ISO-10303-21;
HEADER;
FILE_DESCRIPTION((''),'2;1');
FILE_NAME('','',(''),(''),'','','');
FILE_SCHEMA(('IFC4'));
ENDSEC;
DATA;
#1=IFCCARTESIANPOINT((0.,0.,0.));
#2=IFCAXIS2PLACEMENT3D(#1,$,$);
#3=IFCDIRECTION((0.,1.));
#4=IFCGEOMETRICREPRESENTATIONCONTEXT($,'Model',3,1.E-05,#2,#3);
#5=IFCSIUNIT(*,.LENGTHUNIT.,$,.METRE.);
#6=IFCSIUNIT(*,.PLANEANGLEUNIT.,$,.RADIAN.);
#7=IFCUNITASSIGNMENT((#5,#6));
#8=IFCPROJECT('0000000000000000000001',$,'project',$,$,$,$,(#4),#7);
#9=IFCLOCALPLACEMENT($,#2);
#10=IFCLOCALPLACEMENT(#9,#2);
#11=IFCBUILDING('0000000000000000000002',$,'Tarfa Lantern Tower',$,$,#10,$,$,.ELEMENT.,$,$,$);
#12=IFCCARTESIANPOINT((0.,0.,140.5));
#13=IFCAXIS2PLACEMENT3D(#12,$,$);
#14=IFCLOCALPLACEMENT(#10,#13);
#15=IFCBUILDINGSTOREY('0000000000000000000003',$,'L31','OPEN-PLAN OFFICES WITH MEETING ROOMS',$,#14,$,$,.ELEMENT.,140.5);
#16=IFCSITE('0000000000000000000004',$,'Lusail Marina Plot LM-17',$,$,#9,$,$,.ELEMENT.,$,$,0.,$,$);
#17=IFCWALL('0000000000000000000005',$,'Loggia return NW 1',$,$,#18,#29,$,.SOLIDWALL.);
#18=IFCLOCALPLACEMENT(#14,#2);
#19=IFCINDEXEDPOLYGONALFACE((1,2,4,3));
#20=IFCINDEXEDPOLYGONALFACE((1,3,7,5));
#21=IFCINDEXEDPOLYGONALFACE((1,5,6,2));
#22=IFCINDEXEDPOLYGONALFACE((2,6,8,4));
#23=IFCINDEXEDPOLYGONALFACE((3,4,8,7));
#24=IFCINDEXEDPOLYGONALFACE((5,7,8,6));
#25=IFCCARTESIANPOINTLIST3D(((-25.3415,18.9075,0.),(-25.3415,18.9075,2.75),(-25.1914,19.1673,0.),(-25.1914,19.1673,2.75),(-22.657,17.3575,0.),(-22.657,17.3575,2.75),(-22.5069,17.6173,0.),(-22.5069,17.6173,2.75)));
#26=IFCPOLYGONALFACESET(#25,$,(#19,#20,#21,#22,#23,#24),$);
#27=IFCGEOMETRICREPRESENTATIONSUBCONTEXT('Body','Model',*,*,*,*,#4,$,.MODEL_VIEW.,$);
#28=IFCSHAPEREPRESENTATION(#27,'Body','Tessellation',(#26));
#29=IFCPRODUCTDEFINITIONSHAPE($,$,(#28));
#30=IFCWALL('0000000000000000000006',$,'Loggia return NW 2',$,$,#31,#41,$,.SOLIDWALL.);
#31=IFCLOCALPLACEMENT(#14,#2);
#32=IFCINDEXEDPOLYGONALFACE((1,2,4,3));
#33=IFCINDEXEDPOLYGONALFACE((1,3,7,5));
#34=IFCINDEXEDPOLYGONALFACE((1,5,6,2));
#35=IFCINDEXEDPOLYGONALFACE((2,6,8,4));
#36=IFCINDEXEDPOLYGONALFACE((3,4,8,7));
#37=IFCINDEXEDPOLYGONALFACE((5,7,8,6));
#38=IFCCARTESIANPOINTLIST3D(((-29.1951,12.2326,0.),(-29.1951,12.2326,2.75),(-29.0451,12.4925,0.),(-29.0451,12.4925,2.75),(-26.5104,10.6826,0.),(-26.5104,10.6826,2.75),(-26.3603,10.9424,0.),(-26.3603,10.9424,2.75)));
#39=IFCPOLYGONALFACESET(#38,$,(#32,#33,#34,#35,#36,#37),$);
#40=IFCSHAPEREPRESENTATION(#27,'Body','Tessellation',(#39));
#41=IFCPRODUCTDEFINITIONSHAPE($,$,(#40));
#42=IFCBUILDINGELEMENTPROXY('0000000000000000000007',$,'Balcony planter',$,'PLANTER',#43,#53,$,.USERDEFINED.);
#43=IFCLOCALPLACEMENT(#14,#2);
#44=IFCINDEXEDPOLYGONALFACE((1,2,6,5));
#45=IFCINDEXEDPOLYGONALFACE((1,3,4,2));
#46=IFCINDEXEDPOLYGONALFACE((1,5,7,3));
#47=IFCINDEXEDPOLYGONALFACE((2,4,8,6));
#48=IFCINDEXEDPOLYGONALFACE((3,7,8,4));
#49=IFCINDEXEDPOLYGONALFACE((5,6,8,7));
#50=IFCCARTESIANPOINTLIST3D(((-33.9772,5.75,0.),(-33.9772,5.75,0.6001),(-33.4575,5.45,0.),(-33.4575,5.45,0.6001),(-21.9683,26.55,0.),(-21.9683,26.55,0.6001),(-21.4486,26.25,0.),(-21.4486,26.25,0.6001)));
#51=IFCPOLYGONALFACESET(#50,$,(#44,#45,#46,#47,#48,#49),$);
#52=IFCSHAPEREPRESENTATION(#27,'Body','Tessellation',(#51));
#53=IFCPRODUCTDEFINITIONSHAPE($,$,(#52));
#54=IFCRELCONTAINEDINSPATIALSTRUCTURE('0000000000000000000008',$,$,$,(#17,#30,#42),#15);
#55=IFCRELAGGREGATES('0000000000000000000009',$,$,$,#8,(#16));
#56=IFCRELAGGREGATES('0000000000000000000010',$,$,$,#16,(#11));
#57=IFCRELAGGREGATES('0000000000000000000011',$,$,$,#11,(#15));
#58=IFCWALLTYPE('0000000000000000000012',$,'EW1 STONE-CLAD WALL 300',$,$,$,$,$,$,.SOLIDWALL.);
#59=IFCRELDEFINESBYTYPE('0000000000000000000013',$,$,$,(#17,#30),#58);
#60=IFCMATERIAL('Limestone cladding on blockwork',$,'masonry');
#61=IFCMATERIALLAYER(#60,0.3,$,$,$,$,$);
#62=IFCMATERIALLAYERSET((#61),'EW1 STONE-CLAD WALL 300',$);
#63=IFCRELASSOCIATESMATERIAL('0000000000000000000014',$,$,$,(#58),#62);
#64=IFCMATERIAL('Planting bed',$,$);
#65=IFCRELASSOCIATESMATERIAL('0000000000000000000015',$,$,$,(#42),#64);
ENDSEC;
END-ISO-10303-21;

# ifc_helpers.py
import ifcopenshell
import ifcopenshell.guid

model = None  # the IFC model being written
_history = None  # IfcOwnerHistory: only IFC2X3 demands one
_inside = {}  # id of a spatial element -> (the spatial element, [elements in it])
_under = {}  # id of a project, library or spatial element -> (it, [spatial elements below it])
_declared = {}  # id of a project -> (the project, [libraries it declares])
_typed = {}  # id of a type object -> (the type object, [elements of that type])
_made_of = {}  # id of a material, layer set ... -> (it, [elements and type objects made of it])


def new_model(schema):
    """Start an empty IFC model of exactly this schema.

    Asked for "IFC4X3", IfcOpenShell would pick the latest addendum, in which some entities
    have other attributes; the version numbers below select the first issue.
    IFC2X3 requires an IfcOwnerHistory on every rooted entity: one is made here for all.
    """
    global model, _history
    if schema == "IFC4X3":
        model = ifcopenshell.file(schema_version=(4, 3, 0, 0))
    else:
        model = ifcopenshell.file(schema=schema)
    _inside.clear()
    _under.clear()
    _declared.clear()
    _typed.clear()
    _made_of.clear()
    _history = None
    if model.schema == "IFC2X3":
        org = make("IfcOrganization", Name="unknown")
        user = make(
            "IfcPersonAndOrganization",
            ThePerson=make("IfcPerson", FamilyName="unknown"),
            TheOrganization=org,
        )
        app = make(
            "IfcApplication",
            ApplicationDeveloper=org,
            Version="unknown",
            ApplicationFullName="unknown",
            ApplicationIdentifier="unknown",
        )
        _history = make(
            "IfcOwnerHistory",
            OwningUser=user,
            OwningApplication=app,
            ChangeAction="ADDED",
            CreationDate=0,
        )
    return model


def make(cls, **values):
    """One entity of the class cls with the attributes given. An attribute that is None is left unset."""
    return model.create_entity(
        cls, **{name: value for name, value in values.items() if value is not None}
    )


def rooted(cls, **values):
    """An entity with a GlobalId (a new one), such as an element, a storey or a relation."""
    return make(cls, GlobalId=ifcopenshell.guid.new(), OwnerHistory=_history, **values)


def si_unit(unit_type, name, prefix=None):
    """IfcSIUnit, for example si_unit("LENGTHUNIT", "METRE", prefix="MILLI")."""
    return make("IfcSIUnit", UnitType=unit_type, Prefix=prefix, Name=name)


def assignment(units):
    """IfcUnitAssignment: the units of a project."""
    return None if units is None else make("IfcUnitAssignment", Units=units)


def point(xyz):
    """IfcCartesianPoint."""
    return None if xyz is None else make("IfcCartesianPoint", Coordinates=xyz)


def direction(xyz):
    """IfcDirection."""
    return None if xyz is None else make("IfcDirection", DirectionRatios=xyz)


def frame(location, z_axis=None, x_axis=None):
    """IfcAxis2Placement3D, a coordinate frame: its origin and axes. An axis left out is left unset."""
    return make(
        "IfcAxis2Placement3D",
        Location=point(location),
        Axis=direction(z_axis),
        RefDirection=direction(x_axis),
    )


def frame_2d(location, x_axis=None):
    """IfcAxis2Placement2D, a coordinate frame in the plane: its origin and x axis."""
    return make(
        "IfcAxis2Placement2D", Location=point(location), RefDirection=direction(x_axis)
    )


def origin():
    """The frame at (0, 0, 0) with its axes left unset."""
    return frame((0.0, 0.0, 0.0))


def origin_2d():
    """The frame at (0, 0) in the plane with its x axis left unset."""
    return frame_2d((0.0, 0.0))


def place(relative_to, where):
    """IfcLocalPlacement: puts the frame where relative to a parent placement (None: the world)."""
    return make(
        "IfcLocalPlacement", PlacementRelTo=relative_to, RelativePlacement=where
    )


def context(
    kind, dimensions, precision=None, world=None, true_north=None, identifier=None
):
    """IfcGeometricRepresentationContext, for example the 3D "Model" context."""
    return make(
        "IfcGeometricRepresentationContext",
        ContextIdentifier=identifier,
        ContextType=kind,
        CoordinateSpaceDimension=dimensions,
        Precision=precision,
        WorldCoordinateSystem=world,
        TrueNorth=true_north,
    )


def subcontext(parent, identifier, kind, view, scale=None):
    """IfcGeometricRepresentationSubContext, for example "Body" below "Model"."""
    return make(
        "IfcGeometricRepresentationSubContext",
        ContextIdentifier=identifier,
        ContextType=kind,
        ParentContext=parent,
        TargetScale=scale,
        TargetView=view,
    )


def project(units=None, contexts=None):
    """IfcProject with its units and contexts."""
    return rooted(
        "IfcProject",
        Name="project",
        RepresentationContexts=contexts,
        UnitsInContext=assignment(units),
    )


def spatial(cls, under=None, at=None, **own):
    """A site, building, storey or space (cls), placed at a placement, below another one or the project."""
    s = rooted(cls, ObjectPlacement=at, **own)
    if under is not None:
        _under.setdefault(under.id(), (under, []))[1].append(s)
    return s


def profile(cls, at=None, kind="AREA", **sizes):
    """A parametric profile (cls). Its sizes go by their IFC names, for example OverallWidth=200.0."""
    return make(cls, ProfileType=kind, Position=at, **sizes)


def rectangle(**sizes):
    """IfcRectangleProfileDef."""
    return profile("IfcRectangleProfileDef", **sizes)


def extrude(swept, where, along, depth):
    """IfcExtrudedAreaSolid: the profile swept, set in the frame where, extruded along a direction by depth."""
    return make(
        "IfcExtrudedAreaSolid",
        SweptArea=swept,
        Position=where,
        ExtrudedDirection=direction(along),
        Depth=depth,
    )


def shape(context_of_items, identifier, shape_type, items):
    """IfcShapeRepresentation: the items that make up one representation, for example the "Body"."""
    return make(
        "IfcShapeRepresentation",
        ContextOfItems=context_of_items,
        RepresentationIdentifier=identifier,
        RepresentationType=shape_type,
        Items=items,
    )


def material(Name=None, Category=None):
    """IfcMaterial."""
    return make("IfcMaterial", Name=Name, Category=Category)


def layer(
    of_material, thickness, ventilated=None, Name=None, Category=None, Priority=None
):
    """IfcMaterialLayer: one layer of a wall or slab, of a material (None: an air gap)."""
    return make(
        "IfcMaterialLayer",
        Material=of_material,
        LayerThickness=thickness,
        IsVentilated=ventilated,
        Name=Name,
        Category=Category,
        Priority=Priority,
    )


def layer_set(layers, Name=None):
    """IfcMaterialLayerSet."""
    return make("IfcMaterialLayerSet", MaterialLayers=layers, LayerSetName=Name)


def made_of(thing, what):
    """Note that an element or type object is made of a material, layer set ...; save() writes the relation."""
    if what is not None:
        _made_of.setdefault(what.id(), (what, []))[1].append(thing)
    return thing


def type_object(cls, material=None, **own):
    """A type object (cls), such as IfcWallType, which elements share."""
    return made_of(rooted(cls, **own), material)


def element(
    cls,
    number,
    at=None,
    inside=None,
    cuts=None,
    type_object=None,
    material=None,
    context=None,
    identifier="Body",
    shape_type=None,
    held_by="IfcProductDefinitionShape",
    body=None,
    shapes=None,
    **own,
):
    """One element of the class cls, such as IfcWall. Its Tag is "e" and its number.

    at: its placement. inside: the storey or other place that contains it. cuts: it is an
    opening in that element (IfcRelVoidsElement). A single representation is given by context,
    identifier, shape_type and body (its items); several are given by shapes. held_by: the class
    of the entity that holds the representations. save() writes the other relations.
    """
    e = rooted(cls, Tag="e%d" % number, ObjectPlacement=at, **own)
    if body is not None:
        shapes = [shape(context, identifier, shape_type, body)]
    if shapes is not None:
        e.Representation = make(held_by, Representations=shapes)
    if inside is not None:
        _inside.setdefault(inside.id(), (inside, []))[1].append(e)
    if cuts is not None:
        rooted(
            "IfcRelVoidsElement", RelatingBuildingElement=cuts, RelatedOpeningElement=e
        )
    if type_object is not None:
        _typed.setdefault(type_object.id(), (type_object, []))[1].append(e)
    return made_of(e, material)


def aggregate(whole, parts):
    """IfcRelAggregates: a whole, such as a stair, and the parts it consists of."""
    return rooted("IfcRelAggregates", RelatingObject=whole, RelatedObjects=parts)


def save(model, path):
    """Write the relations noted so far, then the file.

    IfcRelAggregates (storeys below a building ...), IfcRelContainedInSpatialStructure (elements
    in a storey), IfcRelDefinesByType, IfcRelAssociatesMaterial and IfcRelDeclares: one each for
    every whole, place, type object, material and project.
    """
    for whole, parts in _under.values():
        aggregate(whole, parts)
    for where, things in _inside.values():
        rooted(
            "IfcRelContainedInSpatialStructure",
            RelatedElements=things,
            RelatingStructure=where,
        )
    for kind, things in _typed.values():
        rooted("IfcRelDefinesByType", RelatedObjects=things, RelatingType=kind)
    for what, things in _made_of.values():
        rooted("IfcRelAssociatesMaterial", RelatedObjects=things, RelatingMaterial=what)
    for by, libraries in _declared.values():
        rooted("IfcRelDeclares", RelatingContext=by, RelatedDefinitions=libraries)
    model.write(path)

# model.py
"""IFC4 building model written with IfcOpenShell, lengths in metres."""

from ifc_helpers import new_model, si_unit, direction, frame, frame_2d, origin, origin_2d, place, context, subcontext, project, spatial, rectangle, extrude, material, layer, layer_set, type_object, element, save


model = new_model("IFC4")

# Units and contexts
model_context = context("Model", 3, precision=1e-05, world=origin(), true_north=direction((0.0, 1.0)))
body_context = subcontext(model_context, "Body", "Model", "MODEL_VIEW")
ifc_project = project(units=[si_unit("LENGTHUNIT", "METRE"), si_unit("PLANEANGLEUNIT", "RADIAN")], contexts=[model_context])

# Site, building, storey
site_placement = place(None, origin())
site = spatial("IfcSite", under=ifc_project, at=site_placement, Name="Lusail Marina Plot LM-17", CompositionType="ELEMENT", RefElevation=0.0)
building_placement = place(site_placement, origin())
building = spatial("IfcBuilding", under=site, at=building_placement, Name="Tarfa Lantern Tower", CompositionType="ELEMENT")
storey_placement = place(building_placement, frame((0.0, 0.0, 140.5)))
storey = spatial("IfcBuildingStorey", under=building, at=storey_placement, Name="L31", Description="OPEN-PLAN OFFICES WITH MEETING ROOMS", CompositionType="ELEMENT", Elevation=140.5)

# Walls
ifc_material_1 = material(Name="Limestone cladding on blockwork", Category="masonry")
ifc_layer_1 = layer(ifc_material_1, 0.3)
ifc_layer_set_1 = layer_set([ifc_layer_1], Name="EW1 STONE-CLAD WALL 300")
wall_type = type_object("IfcWallType", Name="EW1 STONE-CLAD WALL 300", PredefinedType="SOLIDWALL", material=ifc_layer_set_1)
wall_1_placement = place(storey_placement, frame((-25.2664, 19.0374, 0.0), z_axis=(0.0, 0.0, 1.0), x_axis=(0.86601, -0.500027, 0.0)))
element("IfcWall", 1, at=wall_1_placement, inside=storey, type_object=wall_type, Name="Loggia return NW 1", PredefinedType="SOLIDWALL", context=body_context, shape_type="SweptSolid", body=[
    extrude(rectangle(XDim=3.0999, YDim=0.3, at=frame_2d((1.5498, 0.0))), origin(), (0.0, 0.0, 1.0), 2.75),
])
wall_2_placement = place(storey_placement, frame((-29.1201, 12.3625, 0.0), z_axis=(0.0, 0.0, 1.0), x_axis=(0.86603, -0.499993, 0.0)))
element("IfcWall", 2, at=wall_2_placement, inside=storey, type_object=wall_type, Name="Loggia return NW 2", PredefinedType="SOLIDWALL", context=body_context, shape_type="SweptSolid", body=[
    extrude(rectangle(XDim=3.1001, YDim=0.3, at=frame_2d((1.55, 0.0))), origin(), (0.0, 0.0, 1.0), 2.75),
])

# Building element proxy
ifc_material_2 = material(Name="Planting bed")
proxy_placement = place(storey_placement, frame((-27.7129, 16.0, 0.0), z_axis=(0.0, 0.0, 1.0), x_axis=(-0.5, -0.866025, 0.0)))
element("IfcBuildingElementProxy", 3, at=proxy_placement, inside=storey, material=ifc_material_2, Name="Balcony planter", ObjectType="PLANTER", PredefinedType="USERDEFINED", context=body_context, shape_type="SweptSolid", body=[
    extrude(rectangle(XDim=24.0178, YDim=0.6001, at=origin_2d()), origin(), (0.0, 0.0, 1.0), 0.6001),
])

save(model, "model.ifc")
